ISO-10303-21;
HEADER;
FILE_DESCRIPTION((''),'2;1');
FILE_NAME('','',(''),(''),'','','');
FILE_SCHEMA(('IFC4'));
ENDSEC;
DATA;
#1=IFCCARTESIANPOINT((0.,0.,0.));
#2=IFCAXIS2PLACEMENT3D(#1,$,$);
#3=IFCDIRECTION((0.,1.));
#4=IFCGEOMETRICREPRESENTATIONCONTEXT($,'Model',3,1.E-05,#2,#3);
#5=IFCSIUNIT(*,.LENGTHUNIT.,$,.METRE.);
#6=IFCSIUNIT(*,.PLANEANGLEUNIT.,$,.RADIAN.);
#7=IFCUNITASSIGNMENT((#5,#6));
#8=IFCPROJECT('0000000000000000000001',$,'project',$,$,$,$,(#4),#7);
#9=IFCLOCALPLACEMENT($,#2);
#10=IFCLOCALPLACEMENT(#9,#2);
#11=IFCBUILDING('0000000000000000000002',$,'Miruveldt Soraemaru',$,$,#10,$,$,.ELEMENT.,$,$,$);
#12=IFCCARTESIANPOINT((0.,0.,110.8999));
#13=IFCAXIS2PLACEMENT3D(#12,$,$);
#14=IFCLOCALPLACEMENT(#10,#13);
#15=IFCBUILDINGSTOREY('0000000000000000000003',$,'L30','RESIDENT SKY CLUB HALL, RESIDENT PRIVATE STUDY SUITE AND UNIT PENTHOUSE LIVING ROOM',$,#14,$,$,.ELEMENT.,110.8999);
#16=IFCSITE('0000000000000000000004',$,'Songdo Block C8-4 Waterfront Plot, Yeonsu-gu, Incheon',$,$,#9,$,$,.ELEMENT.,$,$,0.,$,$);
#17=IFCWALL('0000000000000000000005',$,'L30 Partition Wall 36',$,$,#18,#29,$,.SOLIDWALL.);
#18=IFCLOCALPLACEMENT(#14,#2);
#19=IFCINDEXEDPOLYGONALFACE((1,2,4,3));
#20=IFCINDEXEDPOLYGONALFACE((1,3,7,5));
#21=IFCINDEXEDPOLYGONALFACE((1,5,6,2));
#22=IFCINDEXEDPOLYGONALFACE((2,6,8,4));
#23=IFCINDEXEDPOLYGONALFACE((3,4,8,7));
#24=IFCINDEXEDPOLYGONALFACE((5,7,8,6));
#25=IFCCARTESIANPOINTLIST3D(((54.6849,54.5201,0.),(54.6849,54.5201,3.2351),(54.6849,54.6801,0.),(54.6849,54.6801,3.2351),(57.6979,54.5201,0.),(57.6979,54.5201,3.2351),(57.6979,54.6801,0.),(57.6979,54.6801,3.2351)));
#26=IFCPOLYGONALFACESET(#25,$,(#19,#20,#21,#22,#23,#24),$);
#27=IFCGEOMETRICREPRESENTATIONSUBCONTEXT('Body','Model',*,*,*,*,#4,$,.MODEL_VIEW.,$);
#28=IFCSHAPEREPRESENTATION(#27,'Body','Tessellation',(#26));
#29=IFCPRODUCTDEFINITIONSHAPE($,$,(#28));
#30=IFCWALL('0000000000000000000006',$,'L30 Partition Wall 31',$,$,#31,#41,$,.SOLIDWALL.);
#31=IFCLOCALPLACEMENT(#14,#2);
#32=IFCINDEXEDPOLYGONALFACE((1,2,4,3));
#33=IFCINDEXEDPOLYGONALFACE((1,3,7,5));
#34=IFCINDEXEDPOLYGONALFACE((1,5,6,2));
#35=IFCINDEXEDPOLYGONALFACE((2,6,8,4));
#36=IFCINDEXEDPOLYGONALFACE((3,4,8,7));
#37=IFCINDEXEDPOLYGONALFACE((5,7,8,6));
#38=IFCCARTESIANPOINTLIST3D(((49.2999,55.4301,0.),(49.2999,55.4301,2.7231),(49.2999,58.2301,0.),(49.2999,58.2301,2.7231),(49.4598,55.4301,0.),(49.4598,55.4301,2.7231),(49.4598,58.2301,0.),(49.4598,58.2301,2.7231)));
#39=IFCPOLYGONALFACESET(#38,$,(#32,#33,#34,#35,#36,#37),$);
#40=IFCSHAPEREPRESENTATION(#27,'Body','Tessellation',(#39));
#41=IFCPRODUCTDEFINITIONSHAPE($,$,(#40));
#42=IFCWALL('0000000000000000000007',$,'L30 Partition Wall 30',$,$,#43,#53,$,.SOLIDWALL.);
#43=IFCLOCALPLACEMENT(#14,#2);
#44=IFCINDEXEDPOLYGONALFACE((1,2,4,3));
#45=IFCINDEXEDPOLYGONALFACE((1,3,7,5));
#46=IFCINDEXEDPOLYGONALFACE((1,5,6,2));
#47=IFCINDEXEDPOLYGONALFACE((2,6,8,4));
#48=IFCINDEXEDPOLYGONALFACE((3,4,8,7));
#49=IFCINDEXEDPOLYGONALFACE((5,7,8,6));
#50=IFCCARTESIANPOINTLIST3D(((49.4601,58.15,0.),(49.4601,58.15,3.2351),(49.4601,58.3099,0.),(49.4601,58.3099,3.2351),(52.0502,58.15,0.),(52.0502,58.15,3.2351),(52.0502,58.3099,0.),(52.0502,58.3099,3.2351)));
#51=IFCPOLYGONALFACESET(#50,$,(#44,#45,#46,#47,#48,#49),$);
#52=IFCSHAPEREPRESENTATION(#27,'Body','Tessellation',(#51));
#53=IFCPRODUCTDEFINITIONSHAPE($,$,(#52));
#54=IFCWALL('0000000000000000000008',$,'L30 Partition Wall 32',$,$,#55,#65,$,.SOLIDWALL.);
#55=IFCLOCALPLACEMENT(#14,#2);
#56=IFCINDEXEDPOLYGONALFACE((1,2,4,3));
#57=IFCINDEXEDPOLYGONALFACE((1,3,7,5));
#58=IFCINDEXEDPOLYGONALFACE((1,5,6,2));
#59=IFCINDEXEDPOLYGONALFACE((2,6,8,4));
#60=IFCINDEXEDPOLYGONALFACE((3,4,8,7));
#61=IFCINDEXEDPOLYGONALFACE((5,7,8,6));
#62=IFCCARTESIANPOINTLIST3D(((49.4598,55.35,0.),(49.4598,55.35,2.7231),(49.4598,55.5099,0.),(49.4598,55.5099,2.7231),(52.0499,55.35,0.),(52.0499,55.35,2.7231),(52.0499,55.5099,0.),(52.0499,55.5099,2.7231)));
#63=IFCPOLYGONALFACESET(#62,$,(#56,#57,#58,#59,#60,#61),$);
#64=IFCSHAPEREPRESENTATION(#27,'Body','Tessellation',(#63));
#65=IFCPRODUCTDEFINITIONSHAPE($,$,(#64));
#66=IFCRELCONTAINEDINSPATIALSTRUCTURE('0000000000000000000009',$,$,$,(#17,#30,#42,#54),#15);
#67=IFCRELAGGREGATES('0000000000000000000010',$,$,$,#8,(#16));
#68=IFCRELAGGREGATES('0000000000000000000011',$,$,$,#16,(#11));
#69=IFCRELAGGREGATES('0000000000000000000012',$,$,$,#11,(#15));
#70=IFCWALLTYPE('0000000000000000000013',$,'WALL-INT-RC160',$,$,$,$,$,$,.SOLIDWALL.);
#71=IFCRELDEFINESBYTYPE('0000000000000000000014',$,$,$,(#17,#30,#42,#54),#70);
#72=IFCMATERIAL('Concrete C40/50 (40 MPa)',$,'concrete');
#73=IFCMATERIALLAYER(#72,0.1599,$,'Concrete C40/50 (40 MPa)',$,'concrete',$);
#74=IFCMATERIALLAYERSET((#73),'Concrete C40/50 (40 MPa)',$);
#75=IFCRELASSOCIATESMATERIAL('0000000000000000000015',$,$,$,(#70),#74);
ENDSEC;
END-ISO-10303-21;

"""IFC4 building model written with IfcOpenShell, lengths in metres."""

from ifc_helpers import new_model, si_unit, direction, frame, frame_2d, origin, place, context, subcontext, project, spatial, rectangle, extrude, material, layer, layer_set, type_object, element, save


model = new_model("IFC4")

# Units and contexts
model_context = context("Model", 3, precision=1e-05, world=origin(), true_north=direction((0.0, 1.0)))
body_context = subcontext(model_context, "Body", "Model", "MODEL_VIEW")
ifc_project = project(units=[si_unit("LENGTHUNIT", "METRE"), si_unit("PLANEANGLEUNIT", "RADIAN")], contexts=[model_context])

# Site, building, storey
site_placement = place(None, origin())
site = spatial("IfcSite", under=ifc_project, at=site_placement, Name="Songdo Block C8-4 Waterfront Plot, Yeonsu-gu, Incheon", CompositionType="ELEMENT", RefElevation=0.0)
building_placement = place(site_placement, origin())
building = spatial("IfcBuilding", under=site, at=building_placement, Name="Miruveldt Soraemaru", CompositionType="ELEMENT")
storey_placement = place(building_placement, frame((0.0, 0.0, 110.8999)))
storey = spatial("IfcBuildingStorey", under=building, at=storey_placement, Name="L30", Description="RESIDENT SKY CLUB HALL, RESIDENT PRIVATE STUDY SUITE AND UNIT PENTHOUSE LIVING ROOM", CompositionType="ELEMENT", Elevation=110.8999)

# Shared definitions
ifc_material_1 = material(Name="Concrete C40/50 (40 MPa)", Category="concrete")
ifc_layer_1 = layer(ifc_material_1, 0.1599, Name="Concrete C40/50 (40 MPa)", Category="concrete")
ifc_layer_set_1 = layer_set([ifc_layer_1], Name="Concrete C40/50 (40 MPa)")
wall_type_1 = type_object("IfcWallType", Name="WALL-INT-RC160", PredefinedType="SOLIDWALL", material=ifc_layer_set_1)

# Walls
wall_1_placement = place(storey_placement, frame((54.6851, 54.6001, 0.0), z_axis=(0.0, 0.0, 1.0), x_axis=(1.0, 0.0, 0.0)))
element("IfcWall", 1, at=wall_1_placement, inside=storey, type_object=wall_type_1, Name="L30 Partition Wall 36", PredefinedType="SOLIDWALL", context=body_context, shape_type="SweptSolid", body=[
    extrude(rectangle(XDim=3.0129, YDim=0.1599, at=frame_2d((1.5063, 0.0))), origin(), (0.0, 0.0, 1.0), 3.2351),
])
wall_2_placement = place(storey_placement, frame((49.3799, 58.23, 0.0), z_axis=(0.0, 0.0, 1.0), x_axis=(0.0, -1.0, 0.0)))
element("IfcWall", 2, at=wall_2_placement, inside=storey, type_object=wall_type_1, Name="L30 Partition Wall 31", PredefinedType="SOLIDWALL", context=body_context, shape_type="SweptSolid", body=[
    extrude(rectangle(XDim=2.8, YDim=0.1599, at=frame_2d((1.3999, 0.0))), origin(), (0.0, 0.0, 1.0), 2.7231),
])
wall_3_placement = place(storey_placement, frame((52.05, 58.23, 0.0), z_axis=(0.0, 0.0, 1.0), x_axis=(-1.0, 0.0, 0.0)))
element("IfcWall", 3, at=wall_3_placement, inside=storey, type_object=wall_type_1, Name="L30 Partition Wall 30", PredefinedType="SOLIDWALL", context=body_context, shape_type="SweptSolid", body=[
    extrude(rectangle(XDim=2.5901, YDim=0.1599, at=frame_2d((1.2949, 0.0))), origin(), (0.0, 0.0, 1.0), 3.2351),
])
wall_4_placement = place(storey_placement, frame((49.46, 55.4299, 0.0), z_axis=(0.0, 0.0, 1.0), x_axis=(1.0, 0.0, 0.0)))
element("IfcWall", 4, at=wall_4_placement, inside=storey, type_object=wall_type_1, Name="L30 Partition Wall 32", PredefinedType="SOLIDWALL", context=body_context, shape_type="SweptSolid", body=[
    extrude(rectangle(XDim=2.5901, YDim=0.1599, at=frame_2d((1.2949, 0.0))), origin(), (0.0, 0.0, 1.0), 2.7231),
])

save(model, "model.ifc")
